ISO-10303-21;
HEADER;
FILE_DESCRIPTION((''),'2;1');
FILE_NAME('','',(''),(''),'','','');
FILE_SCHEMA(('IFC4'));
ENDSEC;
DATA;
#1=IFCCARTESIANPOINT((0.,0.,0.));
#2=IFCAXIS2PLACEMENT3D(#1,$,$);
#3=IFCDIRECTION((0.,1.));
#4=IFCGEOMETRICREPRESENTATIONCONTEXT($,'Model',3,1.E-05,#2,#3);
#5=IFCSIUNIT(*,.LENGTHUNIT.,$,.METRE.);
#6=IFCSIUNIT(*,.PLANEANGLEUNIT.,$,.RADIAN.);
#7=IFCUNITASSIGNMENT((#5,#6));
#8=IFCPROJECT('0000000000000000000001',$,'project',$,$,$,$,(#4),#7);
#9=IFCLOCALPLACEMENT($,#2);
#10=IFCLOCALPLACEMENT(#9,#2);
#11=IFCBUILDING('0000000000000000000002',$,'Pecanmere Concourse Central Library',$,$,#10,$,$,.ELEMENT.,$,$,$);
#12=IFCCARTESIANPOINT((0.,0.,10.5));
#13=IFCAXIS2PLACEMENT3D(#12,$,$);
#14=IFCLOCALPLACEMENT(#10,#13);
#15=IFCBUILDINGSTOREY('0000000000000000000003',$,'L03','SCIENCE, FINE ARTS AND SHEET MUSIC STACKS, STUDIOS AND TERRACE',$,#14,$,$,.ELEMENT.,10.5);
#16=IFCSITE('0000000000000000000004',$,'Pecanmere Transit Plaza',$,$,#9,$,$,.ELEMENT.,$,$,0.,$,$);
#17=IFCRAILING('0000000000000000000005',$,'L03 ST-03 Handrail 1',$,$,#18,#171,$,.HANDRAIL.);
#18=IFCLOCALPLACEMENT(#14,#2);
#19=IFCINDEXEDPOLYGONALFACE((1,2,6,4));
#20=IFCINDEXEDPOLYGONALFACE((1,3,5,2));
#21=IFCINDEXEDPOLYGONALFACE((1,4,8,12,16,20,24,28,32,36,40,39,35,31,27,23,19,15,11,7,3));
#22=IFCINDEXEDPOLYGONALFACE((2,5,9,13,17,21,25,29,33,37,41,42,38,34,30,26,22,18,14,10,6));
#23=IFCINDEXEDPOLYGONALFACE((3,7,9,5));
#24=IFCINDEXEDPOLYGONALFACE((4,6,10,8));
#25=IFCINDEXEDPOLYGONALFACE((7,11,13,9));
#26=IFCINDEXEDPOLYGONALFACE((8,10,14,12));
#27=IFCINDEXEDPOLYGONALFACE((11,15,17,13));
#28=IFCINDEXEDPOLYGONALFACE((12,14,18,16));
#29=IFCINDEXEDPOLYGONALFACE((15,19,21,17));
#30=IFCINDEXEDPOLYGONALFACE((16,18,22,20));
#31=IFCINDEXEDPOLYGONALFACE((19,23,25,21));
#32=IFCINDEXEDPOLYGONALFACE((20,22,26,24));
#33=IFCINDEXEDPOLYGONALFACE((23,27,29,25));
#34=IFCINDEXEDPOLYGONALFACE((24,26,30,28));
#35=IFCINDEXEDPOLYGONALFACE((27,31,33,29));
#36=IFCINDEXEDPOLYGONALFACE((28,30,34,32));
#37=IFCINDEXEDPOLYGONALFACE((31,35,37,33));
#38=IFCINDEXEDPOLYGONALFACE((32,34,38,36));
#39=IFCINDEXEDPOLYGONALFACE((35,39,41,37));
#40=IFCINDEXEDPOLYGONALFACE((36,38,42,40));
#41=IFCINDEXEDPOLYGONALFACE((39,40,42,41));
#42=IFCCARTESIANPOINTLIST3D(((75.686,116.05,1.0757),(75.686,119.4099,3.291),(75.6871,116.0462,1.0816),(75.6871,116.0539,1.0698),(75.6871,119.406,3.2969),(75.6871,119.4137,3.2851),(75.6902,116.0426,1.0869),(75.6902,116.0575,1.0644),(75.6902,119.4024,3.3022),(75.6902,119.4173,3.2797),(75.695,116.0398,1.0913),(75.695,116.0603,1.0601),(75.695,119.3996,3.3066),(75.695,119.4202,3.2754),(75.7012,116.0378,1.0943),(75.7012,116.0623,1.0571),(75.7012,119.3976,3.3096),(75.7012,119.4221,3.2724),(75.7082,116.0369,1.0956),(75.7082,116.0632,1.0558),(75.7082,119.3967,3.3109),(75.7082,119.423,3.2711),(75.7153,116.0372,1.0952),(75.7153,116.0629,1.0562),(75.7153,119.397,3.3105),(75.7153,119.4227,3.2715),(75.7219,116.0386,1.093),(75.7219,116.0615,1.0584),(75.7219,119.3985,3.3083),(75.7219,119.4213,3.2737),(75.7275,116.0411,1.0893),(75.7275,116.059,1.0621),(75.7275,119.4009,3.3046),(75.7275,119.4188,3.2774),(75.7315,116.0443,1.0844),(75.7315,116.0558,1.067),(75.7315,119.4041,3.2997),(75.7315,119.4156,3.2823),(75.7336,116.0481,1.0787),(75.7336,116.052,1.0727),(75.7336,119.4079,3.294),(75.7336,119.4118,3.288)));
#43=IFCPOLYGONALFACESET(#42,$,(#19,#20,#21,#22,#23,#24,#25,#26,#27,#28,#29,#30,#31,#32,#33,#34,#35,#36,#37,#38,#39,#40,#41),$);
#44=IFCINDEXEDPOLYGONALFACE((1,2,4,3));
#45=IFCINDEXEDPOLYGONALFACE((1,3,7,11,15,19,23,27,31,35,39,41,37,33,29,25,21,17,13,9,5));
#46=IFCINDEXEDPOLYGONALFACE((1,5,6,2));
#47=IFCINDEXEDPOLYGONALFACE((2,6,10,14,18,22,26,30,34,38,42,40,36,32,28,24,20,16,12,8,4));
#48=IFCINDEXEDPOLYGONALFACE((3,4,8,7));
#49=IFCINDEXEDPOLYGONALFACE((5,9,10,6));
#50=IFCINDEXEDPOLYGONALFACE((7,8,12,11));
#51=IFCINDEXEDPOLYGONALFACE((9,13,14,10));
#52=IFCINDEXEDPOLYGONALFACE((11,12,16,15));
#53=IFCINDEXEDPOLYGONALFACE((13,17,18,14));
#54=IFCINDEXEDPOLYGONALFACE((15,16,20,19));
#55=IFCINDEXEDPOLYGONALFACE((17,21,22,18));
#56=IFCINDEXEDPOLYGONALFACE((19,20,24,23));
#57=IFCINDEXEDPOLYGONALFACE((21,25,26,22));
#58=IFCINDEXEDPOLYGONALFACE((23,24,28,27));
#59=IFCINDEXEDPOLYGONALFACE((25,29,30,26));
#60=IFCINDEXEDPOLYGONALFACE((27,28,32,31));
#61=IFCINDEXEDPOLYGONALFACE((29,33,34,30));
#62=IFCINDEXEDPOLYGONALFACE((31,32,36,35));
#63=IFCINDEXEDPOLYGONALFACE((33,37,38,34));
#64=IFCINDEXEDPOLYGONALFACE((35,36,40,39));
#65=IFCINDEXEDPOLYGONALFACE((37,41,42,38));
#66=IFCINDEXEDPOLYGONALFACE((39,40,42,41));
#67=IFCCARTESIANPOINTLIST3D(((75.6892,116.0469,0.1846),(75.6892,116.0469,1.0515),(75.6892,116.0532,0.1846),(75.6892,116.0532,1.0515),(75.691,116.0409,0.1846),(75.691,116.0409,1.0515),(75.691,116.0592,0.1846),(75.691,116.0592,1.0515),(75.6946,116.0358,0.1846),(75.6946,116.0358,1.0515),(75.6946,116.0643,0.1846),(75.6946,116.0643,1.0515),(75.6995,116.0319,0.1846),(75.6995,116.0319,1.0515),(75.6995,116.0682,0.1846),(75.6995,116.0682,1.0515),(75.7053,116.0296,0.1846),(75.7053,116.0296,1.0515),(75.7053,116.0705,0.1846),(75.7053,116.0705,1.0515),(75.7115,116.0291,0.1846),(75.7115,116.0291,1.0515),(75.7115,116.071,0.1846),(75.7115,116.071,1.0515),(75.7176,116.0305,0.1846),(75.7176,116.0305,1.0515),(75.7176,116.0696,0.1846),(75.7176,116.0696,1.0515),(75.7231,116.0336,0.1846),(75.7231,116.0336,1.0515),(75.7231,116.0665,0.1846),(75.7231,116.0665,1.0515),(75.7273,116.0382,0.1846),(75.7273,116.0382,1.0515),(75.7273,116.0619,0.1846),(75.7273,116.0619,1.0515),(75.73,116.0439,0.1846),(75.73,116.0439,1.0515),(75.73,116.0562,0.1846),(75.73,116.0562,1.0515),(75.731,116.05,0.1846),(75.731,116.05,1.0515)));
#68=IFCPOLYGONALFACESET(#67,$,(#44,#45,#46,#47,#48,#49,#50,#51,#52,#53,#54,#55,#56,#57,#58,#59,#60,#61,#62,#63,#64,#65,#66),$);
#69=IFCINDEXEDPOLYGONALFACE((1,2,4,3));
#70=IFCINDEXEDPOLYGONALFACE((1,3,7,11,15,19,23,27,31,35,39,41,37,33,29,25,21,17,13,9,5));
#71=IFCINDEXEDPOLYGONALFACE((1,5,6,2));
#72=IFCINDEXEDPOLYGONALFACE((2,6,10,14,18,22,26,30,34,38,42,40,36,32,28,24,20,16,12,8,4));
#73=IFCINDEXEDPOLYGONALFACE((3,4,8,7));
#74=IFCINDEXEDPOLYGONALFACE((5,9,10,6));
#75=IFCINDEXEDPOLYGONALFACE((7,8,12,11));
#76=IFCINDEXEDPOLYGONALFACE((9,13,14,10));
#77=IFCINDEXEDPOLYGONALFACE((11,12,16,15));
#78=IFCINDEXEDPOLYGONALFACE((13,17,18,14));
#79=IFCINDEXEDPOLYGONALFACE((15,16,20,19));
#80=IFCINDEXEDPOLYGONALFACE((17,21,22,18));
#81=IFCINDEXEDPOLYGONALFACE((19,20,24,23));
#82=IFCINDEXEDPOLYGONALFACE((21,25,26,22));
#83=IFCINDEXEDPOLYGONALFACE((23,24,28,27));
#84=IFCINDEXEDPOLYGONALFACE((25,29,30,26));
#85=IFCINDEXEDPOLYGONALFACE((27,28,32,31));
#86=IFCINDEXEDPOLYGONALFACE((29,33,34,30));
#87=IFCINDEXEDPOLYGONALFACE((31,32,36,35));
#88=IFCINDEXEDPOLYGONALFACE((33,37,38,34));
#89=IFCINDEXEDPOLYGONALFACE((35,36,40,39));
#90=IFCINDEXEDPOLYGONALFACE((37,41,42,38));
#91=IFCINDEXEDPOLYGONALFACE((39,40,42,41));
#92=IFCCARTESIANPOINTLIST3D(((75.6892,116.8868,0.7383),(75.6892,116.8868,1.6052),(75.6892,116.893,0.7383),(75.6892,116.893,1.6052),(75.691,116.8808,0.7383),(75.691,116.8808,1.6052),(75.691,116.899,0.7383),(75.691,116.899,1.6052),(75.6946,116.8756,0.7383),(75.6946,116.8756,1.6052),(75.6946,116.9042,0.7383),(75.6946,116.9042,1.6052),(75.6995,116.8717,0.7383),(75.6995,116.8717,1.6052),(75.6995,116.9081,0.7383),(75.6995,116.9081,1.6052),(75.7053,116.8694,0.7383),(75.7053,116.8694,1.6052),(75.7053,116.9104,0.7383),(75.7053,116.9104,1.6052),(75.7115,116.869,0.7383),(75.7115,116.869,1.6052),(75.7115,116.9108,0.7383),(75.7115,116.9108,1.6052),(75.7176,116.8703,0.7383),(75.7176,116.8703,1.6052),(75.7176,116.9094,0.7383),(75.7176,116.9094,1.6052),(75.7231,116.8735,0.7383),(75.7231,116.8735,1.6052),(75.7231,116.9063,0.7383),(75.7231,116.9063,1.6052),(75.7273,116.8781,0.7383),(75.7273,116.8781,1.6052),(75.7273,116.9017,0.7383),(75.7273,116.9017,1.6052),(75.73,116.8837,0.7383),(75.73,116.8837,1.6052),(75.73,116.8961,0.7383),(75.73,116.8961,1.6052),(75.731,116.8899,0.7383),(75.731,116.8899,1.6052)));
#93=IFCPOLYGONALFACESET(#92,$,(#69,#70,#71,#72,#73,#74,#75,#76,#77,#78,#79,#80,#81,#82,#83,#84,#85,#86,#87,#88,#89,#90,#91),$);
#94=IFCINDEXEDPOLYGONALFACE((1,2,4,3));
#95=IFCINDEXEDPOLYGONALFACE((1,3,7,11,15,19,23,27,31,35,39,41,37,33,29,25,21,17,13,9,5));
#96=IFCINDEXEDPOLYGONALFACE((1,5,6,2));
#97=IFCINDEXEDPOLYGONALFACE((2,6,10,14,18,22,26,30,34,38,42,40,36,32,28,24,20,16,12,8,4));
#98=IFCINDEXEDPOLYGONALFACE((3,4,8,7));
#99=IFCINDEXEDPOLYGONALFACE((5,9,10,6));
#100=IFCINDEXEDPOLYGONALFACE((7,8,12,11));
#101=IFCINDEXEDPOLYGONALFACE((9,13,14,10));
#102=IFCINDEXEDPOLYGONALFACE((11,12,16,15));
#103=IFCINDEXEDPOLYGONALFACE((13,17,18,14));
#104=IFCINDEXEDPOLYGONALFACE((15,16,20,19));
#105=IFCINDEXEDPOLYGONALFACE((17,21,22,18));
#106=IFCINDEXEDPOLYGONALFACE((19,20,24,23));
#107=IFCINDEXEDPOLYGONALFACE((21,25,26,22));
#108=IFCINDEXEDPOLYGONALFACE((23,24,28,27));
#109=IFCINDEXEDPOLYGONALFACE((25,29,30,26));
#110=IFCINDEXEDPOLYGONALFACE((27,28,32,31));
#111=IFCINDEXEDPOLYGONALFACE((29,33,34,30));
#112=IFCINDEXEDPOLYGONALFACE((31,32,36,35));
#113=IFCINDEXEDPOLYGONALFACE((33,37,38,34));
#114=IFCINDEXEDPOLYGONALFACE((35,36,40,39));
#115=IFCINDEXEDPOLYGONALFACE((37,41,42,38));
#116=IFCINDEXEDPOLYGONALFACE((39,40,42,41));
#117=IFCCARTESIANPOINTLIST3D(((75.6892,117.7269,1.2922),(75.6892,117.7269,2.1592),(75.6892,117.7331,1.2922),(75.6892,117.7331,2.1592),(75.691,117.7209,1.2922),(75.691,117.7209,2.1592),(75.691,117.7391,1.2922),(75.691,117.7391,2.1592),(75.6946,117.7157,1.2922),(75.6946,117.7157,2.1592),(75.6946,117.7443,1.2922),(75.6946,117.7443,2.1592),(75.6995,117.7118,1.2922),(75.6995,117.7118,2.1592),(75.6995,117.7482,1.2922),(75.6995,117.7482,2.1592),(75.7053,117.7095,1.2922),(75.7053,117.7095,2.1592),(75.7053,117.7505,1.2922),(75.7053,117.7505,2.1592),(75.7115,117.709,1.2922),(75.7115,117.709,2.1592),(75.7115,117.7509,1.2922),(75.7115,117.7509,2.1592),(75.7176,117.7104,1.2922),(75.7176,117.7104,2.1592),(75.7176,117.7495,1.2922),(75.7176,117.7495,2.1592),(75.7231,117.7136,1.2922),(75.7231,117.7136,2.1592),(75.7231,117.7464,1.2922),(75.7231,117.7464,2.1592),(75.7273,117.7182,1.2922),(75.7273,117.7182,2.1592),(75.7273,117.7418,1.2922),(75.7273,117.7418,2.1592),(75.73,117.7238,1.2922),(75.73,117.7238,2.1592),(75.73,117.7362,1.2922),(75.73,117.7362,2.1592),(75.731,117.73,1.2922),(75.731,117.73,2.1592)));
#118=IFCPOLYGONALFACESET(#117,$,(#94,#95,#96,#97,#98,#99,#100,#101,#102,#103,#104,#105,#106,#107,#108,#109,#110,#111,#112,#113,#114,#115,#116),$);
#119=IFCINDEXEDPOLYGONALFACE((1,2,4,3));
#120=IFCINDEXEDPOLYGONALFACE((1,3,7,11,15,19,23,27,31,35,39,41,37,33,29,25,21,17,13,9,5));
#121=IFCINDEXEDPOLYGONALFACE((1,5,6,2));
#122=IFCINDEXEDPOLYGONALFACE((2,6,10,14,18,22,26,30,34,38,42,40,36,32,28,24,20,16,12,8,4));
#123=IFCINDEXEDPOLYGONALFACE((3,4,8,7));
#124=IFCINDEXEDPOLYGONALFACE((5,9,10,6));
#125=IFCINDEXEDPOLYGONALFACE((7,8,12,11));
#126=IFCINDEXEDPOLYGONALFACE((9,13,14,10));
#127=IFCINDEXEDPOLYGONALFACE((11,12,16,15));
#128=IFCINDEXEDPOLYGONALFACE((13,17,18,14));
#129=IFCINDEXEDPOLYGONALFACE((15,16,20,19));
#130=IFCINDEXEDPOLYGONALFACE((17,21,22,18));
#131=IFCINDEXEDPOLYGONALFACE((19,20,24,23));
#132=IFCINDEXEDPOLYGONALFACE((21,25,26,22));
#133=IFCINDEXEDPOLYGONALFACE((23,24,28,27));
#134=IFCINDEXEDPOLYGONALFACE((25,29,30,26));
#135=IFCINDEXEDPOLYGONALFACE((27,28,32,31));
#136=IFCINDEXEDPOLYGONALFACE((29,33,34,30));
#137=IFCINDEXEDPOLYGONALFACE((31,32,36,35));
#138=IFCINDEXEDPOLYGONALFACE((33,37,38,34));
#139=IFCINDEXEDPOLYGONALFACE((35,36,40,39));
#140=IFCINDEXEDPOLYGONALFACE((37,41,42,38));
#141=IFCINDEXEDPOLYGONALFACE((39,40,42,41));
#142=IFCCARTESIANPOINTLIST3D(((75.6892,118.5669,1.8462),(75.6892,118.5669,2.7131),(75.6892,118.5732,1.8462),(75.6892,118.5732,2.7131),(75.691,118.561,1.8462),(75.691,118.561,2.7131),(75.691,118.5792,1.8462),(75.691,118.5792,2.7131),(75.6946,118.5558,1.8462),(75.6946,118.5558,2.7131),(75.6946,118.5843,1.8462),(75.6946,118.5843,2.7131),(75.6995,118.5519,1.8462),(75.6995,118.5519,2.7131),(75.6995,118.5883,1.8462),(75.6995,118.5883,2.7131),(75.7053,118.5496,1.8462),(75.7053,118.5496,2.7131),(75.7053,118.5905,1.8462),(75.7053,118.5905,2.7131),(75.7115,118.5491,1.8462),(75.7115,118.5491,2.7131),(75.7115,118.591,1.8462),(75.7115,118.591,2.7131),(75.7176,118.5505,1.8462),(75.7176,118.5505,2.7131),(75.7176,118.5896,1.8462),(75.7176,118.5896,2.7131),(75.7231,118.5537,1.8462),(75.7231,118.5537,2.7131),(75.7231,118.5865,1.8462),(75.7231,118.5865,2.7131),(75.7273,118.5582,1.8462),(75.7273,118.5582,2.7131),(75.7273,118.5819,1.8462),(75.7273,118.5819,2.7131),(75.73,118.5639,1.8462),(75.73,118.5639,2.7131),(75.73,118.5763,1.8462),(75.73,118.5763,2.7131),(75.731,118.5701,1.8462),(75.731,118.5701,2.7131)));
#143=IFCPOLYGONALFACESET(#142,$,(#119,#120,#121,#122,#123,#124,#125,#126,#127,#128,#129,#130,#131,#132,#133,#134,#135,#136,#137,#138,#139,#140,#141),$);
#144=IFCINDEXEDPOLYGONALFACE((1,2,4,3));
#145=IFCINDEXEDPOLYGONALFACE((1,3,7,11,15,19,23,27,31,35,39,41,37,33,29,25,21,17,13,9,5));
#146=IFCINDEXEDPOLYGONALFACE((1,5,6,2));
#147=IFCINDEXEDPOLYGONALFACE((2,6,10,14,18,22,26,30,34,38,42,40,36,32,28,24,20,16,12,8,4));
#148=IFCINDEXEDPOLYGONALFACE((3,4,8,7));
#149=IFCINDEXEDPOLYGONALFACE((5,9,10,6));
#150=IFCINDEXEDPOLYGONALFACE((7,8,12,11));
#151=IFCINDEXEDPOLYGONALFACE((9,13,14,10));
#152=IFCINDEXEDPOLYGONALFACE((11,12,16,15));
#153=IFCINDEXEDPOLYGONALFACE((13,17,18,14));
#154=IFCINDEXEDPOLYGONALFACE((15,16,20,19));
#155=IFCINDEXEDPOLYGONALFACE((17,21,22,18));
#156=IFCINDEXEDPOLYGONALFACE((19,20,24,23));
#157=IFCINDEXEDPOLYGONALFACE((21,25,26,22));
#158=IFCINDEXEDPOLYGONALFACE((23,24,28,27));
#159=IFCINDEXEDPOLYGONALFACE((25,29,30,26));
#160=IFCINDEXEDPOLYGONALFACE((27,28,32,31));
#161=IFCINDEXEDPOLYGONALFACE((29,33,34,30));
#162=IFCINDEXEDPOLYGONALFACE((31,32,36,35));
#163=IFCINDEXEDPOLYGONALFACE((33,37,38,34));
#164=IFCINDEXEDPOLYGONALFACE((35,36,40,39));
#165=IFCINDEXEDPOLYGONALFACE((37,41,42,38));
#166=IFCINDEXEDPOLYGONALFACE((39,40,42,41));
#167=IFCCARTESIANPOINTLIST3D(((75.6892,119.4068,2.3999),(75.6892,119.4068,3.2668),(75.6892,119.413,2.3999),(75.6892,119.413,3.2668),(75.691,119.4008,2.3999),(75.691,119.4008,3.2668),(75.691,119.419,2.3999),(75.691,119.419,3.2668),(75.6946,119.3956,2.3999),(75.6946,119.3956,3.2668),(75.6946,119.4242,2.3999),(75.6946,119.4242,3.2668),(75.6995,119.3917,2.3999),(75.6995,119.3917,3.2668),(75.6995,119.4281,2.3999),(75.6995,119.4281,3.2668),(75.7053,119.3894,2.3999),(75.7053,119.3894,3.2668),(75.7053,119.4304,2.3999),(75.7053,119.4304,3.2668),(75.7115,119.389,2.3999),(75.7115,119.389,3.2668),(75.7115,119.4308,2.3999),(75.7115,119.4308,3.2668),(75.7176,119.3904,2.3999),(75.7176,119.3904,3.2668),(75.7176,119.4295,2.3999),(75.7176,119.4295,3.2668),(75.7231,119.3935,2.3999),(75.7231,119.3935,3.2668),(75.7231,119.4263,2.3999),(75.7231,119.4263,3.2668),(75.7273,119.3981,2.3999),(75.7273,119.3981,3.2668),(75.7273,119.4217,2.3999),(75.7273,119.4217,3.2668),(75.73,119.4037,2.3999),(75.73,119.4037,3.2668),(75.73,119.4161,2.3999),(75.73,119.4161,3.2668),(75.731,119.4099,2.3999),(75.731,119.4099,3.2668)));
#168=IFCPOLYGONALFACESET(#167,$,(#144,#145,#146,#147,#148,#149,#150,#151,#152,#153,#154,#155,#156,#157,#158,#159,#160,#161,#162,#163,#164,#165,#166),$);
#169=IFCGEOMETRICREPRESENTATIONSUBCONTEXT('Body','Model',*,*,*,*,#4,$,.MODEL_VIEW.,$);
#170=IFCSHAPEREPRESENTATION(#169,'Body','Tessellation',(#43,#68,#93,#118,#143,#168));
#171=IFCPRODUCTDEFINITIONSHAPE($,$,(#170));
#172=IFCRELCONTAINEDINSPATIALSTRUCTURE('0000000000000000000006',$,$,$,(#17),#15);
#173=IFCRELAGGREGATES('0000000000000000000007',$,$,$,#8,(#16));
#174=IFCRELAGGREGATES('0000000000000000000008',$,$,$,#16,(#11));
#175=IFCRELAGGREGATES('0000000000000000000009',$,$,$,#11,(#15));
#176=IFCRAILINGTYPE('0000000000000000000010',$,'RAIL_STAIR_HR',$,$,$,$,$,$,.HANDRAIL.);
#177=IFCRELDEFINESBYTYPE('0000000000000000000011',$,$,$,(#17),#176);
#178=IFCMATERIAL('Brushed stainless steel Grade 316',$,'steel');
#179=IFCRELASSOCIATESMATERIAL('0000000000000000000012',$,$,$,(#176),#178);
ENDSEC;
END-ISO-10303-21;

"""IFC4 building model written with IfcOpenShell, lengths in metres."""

from ifc_helpers import new_model, si_unit, direction, frame, origin, origin_2d, place, context, subcontext, project, spatial, circle, extrude, material, type_object, element, save


model = new_model("IFC4")

# Units and contexts
model_context = context("Model", 3, precision=1e-05, world=origin(), true_north=direction((0.0, 1.0)))
body_context = subcontext(model_context, "Body", "Model", "MODEL_VIEW")
ifc_project = project(units=[si_unit("LENGTHUNIT", "METRE"), si_unit("PLANEANGLEUNIT", "RADIAN")], contexts=[model_context])

# Site, building, storey
site_placement = place(None, origin())
site = spatial("IfcSite", under=ifc_project, at=site_placement, Name="Pecanmere Transit Plaza", CompositionType="ELEMENT", RefElevation=0.0)
building_placement = place(site_placement, origin())
building = spatial("IfcBuilding", under=site, at=building_placement, Name="Pecanmere Concourse Central Library", CompositionType="ELEMENT")
storey_placement = place(building_placement, frame((0.0, 0.0, 10.5)))
storey = spatial("IfcBuildingStorey", under=building, at=storey_placement, Name="L03", Description="SCIENCE, FINE ARTS AND SHEET MUSIC STACKS, STUDIOS AND TERRACE", CompositionType="ELEMENT", Elevation=10.5)

# Railing
ifc_material_1 = material(Name="Brushed stainless steel Grade 316", Category="steel")
railing_type_1 = type_object("IfcRailingType", Name="RAIL_STAIR_HR", PredefinedType="HANDRAIL", material=ifc_material_1)
railing_1_placement = place(storey_placement, frame((75.71, 116.05, 0.1846)))
element("IfcRailing", 1, at=railing_1_placement, inside=storey, type_object=railing_type_1, Name="L03 ST-03 Handrail 1", PredefinedType="HANDRAIL", context=body_context, shape_type="SweptSolid", body=[
    extrude(circle(Radius=0.0239, at=origin_2d()), frame((0.0, 0.0, 0.8911), z_axis=(0.0, 0.834858, 0.550465), x_axis=(-1.0, 0.0, 0.0)), (0.0, 0.0, 1.0), 4.0244),
    extrude(circle(Radius=0.021, at=origin_2d()), origin(), (0.0, 0.0, 1.0), 0.8669),
    extrude(circle(Radius=0.021, at=origin_2d()), frame((0.0, 0.8398, 0.5537)), (0.0, 0.0, 1.0), 0.8669),
    extrude(circle(Radius=0.021, at=origin_2d()), frame((0.0, 1.6799, 1.1077)), (0.0, 0.0, 1.0), 0.8669),
    extrude(circle(Radius=0.021, at=origin_2d()), frame((0.0, 2.52, 1.6616)), (0.0, 0.0, 1.0), 0.8669),
    extrude(circle(Radius=0.021, at=origin_2d()), frame((0.0, 3.3599, 2.2153)), (0.0, 0.0, 1.0), 0.8669),
])

save(model, "model.ifc")
